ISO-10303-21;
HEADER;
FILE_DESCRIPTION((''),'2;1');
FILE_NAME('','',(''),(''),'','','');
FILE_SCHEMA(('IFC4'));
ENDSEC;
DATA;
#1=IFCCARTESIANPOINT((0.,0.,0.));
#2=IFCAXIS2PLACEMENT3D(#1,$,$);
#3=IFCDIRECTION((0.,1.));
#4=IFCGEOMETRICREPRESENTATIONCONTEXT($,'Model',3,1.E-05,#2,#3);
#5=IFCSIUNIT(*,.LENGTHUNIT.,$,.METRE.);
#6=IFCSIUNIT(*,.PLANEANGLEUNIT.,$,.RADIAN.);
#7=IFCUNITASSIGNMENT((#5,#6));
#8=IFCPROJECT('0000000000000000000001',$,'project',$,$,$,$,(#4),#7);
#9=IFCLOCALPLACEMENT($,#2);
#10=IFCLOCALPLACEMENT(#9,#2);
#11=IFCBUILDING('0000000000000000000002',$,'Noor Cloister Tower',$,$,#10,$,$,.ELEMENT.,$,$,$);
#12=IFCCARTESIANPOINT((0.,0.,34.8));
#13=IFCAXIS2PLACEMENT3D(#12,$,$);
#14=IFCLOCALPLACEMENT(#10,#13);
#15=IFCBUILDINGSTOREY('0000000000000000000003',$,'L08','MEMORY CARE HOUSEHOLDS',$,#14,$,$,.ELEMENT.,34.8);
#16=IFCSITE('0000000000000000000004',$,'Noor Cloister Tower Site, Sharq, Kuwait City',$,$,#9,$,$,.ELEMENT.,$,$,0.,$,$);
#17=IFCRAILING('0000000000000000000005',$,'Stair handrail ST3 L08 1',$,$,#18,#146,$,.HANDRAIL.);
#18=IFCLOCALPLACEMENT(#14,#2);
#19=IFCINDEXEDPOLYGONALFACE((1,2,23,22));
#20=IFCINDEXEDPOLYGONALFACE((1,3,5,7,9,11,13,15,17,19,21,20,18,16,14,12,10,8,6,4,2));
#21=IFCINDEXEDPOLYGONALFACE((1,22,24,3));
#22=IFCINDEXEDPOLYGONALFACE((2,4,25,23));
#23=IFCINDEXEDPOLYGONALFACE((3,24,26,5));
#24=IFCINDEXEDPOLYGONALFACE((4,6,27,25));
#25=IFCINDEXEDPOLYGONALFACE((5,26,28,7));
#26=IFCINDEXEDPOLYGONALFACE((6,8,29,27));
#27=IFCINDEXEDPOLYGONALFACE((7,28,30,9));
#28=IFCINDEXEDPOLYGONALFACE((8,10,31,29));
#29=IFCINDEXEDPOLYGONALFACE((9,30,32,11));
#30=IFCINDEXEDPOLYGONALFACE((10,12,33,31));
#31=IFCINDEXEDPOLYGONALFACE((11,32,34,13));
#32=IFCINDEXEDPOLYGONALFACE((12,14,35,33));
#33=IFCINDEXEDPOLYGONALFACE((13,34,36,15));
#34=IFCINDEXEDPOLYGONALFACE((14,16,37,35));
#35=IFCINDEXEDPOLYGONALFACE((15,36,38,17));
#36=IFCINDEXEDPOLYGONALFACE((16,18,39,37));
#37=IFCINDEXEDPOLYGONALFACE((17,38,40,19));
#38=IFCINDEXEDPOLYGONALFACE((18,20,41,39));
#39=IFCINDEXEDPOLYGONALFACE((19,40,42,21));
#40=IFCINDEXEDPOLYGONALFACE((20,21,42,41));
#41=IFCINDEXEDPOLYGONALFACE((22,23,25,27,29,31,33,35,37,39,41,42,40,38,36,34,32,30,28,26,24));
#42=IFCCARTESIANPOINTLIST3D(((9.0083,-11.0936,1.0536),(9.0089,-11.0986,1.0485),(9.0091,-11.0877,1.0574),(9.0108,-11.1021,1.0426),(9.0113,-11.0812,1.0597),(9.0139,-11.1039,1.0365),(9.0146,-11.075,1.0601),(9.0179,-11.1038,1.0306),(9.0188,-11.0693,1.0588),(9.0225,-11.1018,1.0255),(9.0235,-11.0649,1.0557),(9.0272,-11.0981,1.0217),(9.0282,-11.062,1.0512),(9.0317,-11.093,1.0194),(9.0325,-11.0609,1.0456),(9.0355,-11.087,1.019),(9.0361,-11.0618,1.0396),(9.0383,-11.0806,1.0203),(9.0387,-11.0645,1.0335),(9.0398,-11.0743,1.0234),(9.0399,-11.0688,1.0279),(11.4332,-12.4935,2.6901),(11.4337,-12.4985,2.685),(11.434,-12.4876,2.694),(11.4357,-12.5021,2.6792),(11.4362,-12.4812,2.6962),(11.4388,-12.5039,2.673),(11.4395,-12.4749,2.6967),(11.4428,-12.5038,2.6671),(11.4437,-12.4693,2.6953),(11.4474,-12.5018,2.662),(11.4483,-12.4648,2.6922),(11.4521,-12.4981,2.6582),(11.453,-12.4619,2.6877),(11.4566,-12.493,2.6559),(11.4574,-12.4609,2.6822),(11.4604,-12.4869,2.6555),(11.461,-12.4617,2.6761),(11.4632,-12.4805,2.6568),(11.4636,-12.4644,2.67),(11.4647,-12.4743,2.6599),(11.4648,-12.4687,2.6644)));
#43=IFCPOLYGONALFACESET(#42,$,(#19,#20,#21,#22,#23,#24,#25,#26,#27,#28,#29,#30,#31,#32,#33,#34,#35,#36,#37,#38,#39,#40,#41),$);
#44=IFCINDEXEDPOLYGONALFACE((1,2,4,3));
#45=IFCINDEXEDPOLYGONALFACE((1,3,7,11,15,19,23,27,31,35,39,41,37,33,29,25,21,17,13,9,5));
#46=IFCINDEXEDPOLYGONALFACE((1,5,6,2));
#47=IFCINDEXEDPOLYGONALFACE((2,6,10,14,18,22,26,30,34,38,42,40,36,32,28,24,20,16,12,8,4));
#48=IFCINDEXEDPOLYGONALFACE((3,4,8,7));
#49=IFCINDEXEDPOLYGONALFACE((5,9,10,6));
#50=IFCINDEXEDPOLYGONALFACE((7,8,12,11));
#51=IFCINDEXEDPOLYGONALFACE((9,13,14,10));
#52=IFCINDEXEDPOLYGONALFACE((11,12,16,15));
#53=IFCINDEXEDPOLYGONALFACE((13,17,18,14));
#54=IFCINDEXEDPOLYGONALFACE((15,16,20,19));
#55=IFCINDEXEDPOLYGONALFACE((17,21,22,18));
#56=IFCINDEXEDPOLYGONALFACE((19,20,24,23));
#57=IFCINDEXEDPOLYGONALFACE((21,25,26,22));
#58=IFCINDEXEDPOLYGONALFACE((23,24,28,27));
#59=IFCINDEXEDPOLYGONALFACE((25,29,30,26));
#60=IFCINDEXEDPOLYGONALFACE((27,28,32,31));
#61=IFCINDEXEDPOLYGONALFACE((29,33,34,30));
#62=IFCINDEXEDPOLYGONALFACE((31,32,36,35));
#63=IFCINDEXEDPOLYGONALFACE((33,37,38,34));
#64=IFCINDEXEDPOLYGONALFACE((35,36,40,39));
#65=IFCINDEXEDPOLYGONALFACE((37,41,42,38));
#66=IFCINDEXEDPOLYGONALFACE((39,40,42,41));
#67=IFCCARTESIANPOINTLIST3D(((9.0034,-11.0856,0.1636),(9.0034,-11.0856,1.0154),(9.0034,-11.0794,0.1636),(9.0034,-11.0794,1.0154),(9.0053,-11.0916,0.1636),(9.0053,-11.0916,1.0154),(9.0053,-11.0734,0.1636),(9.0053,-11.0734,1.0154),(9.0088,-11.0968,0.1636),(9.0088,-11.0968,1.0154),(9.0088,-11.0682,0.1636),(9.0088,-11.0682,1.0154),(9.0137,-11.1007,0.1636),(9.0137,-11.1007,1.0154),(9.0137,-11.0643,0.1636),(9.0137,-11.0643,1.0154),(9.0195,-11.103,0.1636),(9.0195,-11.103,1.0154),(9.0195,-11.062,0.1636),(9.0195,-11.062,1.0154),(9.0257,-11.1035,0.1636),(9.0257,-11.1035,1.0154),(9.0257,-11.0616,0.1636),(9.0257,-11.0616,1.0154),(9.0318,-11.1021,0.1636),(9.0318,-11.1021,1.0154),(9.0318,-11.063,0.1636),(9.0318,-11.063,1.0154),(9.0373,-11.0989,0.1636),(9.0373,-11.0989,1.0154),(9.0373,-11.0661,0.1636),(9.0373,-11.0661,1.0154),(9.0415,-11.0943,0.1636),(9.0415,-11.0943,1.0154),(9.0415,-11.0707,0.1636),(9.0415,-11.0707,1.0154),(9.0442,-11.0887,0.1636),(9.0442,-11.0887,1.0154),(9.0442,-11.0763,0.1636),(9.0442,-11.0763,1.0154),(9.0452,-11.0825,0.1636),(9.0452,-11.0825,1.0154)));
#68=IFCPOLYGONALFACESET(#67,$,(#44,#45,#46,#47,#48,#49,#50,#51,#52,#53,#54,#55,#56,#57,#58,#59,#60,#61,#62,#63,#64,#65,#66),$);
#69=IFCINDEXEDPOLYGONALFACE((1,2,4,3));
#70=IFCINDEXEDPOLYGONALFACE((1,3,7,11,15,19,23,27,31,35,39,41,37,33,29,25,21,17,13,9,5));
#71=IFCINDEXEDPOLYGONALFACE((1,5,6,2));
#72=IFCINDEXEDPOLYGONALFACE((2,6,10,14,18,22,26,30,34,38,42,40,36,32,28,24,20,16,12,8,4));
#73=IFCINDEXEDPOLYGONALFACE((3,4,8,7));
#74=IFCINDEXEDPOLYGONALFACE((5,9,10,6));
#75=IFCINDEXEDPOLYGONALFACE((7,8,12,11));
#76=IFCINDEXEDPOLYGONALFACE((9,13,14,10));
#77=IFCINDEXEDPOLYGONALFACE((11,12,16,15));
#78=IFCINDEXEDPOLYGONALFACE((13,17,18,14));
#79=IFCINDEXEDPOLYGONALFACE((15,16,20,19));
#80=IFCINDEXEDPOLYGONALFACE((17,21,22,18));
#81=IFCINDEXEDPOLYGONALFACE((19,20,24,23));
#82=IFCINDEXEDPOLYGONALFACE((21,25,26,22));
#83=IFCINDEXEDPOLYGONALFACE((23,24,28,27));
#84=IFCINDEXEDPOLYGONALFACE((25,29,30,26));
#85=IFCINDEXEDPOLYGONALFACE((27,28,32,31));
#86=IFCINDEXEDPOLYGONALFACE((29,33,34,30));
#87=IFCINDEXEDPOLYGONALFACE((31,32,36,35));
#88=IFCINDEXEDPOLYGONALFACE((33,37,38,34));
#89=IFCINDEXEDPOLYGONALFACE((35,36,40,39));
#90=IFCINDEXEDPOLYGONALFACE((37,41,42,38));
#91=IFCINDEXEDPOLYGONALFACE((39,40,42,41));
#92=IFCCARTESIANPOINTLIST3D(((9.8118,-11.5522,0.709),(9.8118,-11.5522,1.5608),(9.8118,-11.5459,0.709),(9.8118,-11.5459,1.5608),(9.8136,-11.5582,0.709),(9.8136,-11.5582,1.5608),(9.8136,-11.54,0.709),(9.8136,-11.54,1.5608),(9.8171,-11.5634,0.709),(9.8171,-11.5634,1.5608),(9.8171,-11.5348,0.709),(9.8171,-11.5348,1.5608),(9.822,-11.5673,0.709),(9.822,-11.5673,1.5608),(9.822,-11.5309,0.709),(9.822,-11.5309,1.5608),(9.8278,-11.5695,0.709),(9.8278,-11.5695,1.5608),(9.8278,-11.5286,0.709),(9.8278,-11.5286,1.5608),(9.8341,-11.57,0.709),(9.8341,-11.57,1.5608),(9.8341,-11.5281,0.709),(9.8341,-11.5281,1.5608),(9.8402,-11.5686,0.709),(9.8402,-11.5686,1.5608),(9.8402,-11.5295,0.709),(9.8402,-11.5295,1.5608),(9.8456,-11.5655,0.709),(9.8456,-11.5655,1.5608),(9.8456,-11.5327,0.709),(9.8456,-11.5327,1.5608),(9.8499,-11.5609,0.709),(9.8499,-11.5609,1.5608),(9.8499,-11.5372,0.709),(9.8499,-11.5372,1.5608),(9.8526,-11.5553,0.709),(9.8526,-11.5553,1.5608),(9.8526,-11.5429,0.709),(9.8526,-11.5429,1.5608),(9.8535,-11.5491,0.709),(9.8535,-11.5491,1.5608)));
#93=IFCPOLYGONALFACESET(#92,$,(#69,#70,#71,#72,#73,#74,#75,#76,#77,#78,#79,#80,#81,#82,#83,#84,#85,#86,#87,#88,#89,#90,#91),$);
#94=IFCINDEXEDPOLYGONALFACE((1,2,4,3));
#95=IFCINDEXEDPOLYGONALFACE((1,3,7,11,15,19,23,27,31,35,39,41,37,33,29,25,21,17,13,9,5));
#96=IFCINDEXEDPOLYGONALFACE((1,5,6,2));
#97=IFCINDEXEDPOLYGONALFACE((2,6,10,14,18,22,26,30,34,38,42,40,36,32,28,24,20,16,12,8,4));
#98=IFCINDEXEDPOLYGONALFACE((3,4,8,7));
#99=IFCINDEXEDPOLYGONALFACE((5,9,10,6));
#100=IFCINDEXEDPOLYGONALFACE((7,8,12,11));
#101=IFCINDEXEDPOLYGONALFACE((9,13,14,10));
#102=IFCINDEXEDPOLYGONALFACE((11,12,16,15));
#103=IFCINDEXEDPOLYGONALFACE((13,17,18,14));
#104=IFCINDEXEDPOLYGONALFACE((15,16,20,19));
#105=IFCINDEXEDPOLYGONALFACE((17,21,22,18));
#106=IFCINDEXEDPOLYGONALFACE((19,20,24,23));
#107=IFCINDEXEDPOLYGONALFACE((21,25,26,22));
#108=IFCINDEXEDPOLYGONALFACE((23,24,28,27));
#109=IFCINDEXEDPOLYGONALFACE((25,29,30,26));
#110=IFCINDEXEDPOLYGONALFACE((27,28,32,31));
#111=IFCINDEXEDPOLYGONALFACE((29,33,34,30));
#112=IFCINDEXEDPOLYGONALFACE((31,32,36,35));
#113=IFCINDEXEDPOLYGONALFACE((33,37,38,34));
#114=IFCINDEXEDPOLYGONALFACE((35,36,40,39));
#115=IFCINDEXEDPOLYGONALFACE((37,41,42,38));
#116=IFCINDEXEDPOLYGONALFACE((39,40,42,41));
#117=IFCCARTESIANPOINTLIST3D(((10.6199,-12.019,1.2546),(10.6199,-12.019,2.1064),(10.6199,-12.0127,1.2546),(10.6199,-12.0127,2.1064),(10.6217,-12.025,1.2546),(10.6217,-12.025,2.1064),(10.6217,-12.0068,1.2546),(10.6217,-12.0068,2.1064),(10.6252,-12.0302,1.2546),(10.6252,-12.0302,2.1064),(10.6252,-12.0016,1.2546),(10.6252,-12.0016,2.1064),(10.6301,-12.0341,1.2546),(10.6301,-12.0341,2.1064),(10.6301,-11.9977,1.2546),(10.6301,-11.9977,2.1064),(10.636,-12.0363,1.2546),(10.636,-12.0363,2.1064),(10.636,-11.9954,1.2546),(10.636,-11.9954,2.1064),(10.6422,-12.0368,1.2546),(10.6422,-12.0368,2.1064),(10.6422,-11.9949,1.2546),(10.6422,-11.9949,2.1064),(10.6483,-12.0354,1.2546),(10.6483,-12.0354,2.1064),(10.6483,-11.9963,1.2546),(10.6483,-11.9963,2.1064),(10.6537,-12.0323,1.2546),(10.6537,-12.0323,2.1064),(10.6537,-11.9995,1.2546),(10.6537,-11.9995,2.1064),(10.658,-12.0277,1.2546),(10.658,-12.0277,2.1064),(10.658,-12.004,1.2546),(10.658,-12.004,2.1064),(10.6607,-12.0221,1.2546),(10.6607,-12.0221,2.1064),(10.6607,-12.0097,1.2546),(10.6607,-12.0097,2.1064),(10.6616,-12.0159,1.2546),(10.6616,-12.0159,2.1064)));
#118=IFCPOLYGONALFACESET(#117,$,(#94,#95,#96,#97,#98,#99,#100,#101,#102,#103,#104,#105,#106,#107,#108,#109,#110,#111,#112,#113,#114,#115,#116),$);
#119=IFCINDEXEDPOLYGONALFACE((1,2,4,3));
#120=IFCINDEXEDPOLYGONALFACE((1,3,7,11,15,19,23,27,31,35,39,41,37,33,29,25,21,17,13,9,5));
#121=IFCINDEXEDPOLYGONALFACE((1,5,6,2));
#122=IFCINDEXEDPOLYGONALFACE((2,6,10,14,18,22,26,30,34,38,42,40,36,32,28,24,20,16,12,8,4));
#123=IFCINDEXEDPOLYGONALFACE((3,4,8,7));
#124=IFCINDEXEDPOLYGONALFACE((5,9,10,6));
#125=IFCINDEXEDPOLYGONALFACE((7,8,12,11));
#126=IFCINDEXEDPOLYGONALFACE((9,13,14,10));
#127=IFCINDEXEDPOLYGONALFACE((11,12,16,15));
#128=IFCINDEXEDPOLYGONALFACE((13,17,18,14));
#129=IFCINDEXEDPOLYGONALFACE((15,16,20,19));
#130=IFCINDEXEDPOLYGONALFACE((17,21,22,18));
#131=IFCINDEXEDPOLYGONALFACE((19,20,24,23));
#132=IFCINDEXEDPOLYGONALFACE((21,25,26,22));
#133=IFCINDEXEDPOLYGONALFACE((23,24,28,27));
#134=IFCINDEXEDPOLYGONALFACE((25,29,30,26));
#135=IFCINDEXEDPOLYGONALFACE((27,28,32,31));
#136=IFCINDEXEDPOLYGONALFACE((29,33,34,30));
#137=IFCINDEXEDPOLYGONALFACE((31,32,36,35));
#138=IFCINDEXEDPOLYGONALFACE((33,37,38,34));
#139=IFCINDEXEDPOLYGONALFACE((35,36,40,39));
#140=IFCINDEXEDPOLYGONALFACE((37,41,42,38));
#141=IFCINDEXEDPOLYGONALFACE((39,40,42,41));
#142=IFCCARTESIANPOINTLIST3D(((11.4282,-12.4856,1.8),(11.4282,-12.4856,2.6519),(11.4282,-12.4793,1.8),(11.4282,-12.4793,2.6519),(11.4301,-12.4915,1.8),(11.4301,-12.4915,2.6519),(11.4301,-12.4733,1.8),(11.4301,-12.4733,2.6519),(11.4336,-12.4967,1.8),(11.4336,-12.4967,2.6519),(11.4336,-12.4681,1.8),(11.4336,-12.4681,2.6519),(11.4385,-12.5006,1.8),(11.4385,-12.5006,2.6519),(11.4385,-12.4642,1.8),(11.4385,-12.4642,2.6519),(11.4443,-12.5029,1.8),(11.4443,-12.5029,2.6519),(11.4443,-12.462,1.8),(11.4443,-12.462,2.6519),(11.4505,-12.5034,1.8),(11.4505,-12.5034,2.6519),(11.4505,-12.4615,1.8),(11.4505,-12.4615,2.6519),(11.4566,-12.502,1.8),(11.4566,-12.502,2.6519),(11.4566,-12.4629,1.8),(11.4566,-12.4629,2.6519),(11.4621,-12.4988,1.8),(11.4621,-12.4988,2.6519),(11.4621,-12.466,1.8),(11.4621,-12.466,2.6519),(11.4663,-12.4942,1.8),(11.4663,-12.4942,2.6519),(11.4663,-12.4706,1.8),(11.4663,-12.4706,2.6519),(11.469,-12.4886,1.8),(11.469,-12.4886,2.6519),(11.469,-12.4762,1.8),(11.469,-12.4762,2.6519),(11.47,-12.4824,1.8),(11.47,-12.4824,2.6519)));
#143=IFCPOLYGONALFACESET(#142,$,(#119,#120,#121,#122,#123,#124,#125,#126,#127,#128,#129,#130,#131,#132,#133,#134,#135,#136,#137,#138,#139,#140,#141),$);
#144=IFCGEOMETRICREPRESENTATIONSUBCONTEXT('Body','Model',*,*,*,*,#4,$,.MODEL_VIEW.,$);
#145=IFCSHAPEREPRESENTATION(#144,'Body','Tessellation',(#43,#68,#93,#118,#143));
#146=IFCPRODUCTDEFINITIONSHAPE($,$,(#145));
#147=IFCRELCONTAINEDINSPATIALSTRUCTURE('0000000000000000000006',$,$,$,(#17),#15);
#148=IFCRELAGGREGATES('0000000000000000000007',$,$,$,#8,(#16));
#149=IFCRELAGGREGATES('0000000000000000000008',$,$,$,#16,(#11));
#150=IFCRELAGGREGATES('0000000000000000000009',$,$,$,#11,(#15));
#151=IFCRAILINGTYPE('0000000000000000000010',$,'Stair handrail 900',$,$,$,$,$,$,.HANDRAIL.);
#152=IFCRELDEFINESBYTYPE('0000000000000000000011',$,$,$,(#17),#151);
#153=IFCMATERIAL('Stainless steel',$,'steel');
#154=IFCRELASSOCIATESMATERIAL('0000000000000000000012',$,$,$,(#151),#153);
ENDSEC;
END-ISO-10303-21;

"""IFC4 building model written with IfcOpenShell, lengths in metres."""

from ifc_helpers import new_model, si_unit, direction, frame, origin, origin_2d, place, context, subcontext, project, spatial, circle, extrude, material, type_object, element, save


model = new_model("IFC4")

# Units and contexts
model_context = context("Model", 3, precision=1e-05, world=origin(), true_north=direction((0.0, 1.0)))
body_context = subcontext(model_context, "Body", "Model", "MODEL_VIEW")
ifc_project = project(units=[si_unit("LENGTHUNIT", "METRE"), si_unit("PLANEANGLEUNIT", "RADIAN")], contexts=[model_context])

# Site, building, storey
site_placement = place(None, origin())
site = spatial("IfcSite", under=ifc_project, at=site_placement, Name="Noor Cloister Tower Site, Sharq, Kuwait City", CompositionType="ELEMENT", RefElevation=0.0)
building_placement = place(site_placement, origin())
building = spatial("IfcBuilding", under=site, at=building_placement, Name="Noor Cloister Tower", CompositionType="ELEMENT")
storey_placement = place(building_placement, frame((0.0, 0.0, 34.8)))
storey = spatial("IfcBuildingStorey", under=building, at=storey_placement, Name="L08", Description="MEMORY CARE HOUSEHOLDS", CompositionType="ELEMENT", Elevation=34.8)

# Railing
ifc_material_1 = material(Name="Stainless steel", Category="steel")
railing_type = type_object("IfcRailingType", Name="Stair handrail 900", PredefinedType="HANDRAIL", material=ifc_material_1)
railing_placement = place(storey_placement, frame((9.0242, -11.0825, 0.1636)))
element("IfcRailing", 1, at=railing_placement, inside=storey, type_object=railing_type, Name="Stair handrail ST3 L08 1", PredefinedType="HANDRAIL", context=body_context, shape_type="SweptSolid", body=[
    extrude(circle(Radius=0.0239, at=origin_2d()), frame((0.0, 0.0, 0.876), z_axis=(0.74769, -0.431661, 0.504608), x_axis=(0.499984, 0.866035, 0.0)), (0.0, 0.0, 1.0), 3.2432),
    extrude(circle(Radius=0.021, at=origin_2d()), origin(), (0.0, 0.0, 1.0), 0.8518),
    extrude(circle(Radius=0.021, at=origin_2d()), frame((0.8083, -0.4666, 0.5454)), (0.0, 0.0, 1.0), 0.8518),
    extrude(circle(Radius=0.021, at=origin_2d()), frame((1.6165, -0.9333, 1.0911)), (0.0, 0.0, 1.0), 0.8518),
    extrude(circle(Radius=0.021, at=origin_2d()), frame((2.4248, -1.3999, 1.6365)), (0.0, 0.0, 1.0), 0.8518),
])

save(model, "model.ifc")
